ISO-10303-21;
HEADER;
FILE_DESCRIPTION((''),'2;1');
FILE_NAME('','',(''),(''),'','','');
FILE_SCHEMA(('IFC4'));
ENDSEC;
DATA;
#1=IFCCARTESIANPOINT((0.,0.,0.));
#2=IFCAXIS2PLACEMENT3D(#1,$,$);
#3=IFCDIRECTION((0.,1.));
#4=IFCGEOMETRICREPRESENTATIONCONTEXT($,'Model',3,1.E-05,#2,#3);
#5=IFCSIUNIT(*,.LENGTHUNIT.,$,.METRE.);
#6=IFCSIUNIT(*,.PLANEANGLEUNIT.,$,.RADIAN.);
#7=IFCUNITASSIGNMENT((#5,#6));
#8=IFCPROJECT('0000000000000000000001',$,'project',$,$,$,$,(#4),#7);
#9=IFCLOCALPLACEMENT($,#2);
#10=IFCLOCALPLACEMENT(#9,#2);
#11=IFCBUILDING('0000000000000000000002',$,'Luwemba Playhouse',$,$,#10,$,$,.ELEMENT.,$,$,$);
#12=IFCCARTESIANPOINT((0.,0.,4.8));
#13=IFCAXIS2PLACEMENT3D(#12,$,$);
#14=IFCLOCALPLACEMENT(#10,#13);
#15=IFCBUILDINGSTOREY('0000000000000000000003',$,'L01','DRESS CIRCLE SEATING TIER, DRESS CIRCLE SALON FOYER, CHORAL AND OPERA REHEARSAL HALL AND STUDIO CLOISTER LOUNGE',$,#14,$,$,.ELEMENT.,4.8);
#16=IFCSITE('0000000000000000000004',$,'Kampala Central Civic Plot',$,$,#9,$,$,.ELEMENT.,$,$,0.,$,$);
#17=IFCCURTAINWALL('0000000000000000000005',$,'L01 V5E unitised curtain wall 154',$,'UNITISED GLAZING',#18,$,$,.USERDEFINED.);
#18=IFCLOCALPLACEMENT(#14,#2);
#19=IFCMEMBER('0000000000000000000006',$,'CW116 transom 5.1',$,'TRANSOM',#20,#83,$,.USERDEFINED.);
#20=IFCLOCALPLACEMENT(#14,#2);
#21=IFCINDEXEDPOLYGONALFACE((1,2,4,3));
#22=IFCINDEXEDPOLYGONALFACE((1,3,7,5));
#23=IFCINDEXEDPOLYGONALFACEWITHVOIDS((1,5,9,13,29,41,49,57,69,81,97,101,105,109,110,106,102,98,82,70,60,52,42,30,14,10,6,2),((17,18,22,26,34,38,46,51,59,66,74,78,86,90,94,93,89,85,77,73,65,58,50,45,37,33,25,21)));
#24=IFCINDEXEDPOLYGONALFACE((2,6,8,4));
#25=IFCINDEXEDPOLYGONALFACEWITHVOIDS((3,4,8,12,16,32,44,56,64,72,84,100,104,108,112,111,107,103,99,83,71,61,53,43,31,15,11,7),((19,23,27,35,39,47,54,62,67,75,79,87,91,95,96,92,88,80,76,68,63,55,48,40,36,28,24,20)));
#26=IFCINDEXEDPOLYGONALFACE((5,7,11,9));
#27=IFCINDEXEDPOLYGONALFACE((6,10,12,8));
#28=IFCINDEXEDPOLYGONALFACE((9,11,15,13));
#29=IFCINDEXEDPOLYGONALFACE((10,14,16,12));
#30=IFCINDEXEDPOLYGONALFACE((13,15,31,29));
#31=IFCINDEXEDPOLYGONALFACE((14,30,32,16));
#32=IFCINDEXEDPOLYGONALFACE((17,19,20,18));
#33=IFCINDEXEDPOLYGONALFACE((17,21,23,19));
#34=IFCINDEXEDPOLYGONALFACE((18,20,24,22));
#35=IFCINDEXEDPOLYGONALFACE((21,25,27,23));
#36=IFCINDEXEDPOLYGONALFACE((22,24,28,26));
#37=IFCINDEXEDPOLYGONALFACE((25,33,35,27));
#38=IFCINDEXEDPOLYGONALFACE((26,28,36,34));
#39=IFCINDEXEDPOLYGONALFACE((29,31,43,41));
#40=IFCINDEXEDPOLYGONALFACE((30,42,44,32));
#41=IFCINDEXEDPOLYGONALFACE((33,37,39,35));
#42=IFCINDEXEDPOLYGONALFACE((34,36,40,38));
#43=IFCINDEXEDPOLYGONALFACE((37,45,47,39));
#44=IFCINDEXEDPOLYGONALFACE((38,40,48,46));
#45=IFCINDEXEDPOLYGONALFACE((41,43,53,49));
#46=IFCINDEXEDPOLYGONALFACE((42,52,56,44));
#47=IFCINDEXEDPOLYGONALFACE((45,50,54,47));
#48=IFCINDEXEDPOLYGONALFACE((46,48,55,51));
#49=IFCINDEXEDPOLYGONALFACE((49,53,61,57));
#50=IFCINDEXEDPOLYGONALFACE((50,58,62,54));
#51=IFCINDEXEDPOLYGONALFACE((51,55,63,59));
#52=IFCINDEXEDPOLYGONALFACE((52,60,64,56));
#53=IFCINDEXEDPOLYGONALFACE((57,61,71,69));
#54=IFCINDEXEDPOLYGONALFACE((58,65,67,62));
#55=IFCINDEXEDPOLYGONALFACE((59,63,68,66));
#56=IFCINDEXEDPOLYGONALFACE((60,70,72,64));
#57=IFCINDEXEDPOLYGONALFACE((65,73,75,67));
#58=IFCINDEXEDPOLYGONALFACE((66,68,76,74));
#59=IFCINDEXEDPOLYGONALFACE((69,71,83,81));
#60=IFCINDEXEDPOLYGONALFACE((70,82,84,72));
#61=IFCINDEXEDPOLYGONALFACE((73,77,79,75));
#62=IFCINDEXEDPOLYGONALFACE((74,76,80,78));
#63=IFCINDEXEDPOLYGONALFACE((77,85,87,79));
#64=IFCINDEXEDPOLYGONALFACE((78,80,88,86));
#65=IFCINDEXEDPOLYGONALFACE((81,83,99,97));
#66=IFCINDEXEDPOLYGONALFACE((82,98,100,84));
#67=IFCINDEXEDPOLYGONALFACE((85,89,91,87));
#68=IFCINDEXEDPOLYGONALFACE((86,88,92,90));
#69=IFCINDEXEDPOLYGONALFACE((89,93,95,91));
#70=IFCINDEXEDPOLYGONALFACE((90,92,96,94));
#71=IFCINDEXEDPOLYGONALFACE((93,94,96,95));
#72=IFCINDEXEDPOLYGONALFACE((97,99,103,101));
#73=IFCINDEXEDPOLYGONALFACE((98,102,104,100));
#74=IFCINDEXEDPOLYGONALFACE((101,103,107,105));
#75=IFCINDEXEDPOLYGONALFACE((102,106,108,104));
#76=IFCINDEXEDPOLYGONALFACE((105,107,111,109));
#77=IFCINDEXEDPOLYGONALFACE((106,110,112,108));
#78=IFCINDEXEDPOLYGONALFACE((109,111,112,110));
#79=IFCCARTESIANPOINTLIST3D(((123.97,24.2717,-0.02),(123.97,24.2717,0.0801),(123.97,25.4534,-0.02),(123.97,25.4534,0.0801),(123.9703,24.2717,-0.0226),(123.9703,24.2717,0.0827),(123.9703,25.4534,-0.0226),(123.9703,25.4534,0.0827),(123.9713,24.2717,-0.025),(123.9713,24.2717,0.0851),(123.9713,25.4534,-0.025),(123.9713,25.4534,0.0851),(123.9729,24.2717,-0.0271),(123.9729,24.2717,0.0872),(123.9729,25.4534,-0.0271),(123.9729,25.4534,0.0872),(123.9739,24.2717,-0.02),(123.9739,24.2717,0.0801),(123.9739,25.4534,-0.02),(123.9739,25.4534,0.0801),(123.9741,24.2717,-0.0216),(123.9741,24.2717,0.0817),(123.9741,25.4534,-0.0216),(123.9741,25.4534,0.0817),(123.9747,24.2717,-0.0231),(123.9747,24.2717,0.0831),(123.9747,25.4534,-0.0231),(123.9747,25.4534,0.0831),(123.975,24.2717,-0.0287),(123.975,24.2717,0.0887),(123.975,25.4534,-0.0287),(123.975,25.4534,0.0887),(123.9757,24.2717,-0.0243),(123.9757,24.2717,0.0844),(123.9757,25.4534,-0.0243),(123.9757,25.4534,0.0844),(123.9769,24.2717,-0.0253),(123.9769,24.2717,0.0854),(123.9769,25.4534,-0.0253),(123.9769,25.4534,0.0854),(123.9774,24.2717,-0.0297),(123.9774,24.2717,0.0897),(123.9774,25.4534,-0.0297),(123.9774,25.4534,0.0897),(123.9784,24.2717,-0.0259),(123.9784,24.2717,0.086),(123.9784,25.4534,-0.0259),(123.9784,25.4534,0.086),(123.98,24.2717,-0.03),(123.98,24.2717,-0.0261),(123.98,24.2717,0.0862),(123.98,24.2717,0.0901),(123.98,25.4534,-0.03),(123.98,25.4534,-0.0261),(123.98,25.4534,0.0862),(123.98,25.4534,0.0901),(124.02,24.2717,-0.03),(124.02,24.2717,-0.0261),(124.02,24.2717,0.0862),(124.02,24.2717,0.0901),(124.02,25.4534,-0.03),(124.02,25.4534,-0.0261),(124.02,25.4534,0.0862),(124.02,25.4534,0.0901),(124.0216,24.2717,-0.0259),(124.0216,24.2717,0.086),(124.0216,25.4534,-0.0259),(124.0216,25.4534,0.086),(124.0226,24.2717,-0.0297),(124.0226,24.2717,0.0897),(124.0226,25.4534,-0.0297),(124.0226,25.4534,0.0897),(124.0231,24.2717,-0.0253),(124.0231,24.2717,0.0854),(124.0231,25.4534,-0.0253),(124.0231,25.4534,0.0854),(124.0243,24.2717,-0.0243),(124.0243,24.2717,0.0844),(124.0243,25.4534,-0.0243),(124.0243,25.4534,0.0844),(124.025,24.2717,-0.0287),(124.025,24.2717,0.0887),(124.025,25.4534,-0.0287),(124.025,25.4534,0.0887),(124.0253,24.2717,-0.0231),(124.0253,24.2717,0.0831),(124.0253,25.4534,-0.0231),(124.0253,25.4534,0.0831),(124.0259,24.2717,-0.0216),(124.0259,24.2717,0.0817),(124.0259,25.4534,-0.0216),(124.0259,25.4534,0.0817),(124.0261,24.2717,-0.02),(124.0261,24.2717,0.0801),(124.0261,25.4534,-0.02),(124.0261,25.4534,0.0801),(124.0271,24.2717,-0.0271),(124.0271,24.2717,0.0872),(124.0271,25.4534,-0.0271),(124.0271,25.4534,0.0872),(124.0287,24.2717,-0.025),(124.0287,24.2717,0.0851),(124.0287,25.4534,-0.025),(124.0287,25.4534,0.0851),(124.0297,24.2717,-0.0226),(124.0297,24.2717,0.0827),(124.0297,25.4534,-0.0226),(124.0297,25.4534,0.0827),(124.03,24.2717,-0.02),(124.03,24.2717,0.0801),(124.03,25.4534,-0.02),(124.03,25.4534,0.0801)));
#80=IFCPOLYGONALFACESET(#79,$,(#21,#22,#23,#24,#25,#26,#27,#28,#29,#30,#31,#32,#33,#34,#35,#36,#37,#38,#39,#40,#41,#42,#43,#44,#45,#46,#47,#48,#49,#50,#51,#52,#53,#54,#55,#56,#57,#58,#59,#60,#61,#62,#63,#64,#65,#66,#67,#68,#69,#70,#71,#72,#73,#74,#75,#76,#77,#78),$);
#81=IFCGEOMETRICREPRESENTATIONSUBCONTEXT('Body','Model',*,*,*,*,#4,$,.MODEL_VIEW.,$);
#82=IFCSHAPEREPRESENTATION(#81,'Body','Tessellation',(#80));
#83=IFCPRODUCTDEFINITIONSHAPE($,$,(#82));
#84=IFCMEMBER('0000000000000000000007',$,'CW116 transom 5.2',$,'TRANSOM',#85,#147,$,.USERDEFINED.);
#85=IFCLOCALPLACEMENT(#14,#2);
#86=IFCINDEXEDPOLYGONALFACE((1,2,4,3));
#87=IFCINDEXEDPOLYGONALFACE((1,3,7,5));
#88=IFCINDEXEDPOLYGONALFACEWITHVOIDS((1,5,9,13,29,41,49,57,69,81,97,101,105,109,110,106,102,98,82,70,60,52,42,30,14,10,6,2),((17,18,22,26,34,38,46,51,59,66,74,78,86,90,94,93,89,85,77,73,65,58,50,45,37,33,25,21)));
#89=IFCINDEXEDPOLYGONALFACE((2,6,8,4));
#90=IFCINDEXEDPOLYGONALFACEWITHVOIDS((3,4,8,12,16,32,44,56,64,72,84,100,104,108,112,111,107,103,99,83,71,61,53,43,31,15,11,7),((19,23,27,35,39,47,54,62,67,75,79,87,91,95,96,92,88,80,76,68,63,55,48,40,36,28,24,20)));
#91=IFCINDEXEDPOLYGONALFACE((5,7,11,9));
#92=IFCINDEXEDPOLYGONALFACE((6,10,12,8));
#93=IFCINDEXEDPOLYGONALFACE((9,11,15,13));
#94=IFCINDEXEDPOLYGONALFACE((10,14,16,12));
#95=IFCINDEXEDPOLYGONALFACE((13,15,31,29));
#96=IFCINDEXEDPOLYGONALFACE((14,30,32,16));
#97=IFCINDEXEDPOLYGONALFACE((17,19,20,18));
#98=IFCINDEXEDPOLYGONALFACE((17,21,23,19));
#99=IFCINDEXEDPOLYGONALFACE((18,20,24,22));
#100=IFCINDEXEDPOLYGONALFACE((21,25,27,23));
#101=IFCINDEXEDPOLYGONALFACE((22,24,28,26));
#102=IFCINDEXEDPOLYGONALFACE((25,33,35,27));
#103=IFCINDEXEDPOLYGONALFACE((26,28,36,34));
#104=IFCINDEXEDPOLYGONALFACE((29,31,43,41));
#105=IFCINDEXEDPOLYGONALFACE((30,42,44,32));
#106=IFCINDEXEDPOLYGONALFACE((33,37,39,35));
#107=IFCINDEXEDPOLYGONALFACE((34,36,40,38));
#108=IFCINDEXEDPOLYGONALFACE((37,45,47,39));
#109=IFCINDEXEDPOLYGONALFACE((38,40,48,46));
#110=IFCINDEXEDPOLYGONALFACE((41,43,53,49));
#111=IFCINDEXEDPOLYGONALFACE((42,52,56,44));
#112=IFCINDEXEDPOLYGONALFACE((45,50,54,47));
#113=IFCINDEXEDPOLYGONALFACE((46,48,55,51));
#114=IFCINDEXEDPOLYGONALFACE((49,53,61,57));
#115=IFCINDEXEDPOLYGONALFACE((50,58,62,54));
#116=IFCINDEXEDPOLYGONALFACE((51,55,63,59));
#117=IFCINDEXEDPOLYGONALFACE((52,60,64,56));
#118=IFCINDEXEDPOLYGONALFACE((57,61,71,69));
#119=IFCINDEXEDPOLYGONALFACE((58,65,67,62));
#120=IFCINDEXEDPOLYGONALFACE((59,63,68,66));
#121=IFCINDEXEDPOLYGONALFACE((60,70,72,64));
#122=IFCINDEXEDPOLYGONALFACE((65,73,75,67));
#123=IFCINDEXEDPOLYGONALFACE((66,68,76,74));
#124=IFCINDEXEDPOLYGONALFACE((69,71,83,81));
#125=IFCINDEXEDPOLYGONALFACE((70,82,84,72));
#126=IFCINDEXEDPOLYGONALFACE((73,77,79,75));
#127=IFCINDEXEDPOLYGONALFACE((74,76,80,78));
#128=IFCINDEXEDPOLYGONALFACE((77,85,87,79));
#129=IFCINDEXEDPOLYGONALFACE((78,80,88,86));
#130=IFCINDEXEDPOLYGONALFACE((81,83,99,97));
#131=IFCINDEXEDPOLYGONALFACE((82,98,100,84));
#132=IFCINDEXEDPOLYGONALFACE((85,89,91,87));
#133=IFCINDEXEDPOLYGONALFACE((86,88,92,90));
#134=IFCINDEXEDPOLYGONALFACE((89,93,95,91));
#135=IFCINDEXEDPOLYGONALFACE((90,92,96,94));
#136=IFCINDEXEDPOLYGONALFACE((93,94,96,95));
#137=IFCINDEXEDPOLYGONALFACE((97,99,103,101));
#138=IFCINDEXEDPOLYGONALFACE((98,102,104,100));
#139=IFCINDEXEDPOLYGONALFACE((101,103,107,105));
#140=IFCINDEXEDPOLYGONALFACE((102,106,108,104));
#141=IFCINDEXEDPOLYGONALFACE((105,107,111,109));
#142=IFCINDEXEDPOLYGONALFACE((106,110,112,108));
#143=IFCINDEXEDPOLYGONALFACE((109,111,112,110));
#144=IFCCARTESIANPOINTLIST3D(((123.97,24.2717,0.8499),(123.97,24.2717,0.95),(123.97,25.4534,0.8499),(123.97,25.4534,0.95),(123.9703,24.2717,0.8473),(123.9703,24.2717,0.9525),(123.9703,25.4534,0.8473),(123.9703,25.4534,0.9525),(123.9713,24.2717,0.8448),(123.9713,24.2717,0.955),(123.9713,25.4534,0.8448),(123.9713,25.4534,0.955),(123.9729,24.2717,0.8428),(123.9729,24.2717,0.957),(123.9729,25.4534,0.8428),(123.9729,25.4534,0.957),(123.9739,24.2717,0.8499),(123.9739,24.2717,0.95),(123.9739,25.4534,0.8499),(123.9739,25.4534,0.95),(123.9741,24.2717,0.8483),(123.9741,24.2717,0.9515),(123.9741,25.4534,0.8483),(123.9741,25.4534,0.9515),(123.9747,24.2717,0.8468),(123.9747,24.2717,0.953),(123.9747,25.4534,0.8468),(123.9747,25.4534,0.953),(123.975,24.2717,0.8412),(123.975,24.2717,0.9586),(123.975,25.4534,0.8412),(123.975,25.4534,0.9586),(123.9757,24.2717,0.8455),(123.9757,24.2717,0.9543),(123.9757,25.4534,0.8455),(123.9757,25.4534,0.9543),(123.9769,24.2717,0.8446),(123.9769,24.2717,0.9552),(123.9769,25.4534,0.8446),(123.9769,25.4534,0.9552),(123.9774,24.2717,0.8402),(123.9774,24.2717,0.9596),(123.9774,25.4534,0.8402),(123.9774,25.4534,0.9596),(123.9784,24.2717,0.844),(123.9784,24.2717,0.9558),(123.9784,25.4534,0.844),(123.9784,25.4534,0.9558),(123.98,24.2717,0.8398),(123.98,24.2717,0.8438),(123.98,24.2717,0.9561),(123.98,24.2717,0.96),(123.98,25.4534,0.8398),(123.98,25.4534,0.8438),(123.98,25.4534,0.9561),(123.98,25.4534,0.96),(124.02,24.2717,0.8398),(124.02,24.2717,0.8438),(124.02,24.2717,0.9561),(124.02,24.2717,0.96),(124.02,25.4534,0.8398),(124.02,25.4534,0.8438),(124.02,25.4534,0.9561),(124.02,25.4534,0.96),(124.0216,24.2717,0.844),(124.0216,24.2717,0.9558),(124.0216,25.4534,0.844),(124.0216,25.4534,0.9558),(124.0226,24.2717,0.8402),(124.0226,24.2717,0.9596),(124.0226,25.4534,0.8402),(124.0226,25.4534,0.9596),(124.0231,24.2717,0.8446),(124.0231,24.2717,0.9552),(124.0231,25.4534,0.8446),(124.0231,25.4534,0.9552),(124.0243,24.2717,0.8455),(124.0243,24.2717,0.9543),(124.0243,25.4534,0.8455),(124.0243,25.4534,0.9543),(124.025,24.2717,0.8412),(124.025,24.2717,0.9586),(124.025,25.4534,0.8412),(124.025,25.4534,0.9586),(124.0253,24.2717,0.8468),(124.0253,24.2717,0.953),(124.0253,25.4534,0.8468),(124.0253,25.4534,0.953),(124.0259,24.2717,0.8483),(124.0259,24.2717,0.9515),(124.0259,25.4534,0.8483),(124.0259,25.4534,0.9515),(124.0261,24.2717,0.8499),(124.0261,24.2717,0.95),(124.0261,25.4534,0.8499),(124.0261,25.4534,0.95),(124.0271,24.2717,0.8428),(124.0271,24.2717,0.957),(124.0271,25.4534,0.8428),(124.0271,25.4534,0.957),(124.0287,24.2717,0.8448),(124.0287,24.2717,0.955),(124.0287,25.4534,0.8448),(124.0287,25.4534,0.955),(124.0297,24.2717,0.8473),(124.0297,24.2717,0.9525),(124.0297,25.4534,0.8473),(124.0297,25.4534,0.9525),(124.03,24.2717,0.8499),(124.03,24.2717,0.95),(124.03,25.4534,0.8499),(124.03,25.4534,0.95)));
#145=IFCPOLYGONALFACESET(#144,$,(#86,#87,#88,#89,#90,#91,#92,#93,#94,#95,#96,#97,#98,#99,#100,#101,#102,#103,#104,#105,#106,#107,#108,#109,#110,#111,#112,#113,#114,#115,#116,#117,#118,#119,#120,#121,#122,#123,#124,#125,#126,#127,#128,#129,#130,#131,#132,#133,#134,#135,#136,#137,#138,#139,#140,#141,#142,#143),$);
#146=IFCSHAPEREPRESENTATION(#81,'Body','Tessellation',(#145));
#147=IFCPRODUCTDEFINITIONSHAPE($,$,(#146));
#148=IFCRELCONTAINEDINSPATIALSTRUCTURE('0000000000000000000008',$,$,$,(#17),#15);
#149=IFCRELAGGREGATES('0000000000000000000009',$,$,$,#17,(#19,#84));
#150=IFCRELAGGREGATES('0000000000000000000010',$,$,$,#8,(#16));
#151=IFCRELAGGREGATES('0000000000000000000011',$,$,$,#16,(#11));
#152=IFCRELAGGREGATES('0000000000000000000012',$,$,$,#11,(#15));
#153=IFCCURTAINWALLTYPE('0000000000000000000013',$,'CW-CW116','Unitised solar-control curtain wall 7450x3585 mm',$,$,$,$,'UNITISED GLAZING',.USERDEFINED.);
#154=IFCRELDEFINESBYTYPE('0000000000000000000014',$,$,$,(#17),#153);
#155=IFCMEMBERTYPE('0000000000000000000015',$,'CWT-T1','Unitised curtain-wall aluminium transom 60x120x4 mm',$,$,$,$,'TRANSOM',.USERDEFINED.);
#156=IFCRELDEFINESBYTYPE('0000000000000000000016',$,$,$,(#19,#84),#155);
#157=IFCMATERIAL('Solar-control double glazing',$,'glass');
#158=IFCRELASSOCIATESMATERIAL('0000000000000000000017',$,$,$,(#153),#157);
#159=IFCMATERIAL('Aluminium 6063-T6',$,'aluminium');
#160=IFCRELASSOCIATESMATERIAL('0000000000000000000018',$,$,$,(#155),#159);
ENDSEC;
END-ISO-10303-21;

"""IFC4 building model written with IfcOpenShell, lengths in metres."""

from ifc_helpers import new_model, si_unit, direction, frame, origin, origin_2d, place, context, subcontext, project, spatial, hollow_rectangle, extrude, material, material_profile, profile_set, type_object, element, aggregate, save


model = new_model("IFC4")

# Units and contexts
model_context = context("Model", 3, precision=1e-05, world=origin(), true_north=direction((0.0, 1.0)))
body_context = subcontext(model_context, "Body", "Model", "MODEL_VIEW")
ifc_project = project(units=[si_unit("LENGTHUNIT", "METRE"), si_unit("PLANEANGLEUNIT", "RADIAN")], contexts=[model_context])

# Site, building, storey
site_placement = place(None, origin())
site = spatial("IfcSite", under=ifc_project, at=site_placement, Name="Kampala Central Civic Plot", CompositionType="ELEMENT", RefElevation=0.0)
building_placement = place(site_placement, origin())
building = spatial("IfcBuilding", under=site, at=building_placement, Name="Luwemba Playhouse", CompositionType="ELEMENT")
storey_placement = place(building_placement, frame((0.0, 0.0, 4.8)))
storey = spatial("IfcBuildingStorey", under=building, at=storey_placement, Name="L01", Description="DRESS CIRCLE SEATING TIER, DRESS CIRCLE SALON FOYER, CHORAL AND OPERA REHEARSAL HALL AND STUDIO CLOISTER LOUNGE", CompositionType="ELEMENT", Elevation=4.8)

# Curtain wall
ifc_material_1 = material(Name="Solar-control double glazing", Category="glass")
curtain_wall_type_1 = type_object("IfcCurtainWallType", Name="CW-CW116", Description="Unitised solar-control curtain wall 7450x3585 mm", ElementType="UNITISED GLAZING", PredefinedType="USERDEFINED", material=ifc_material_1)
curtain_wall_1_placement = place(storey_placement, origin())
curtain_wall_1 = element("IfcCurtainWall", 1, at=curtain_wall_1_placement, inside=storey, type_object=curtain_wall_type_1, Name="L01 V5E unitised curtain wall 154", ObjectType="UNITISED GLAZING", PredefinedType="USERDEFINED")
ifc_material_2 = material(Name="Aluminium 6063-T6", Category="aluminium")

# Members
ifc_material_profile_1 = material_profile(ifc_material_2, hollow_rectangle(XDim=0.0601, YDim=0.1201, WallThickness=0.0039, InnerFilletRadius=0.0061, OuterFilletRadius=0.01, at=origin_2d()))
ifc_profile_set_1 = profile_set([ifc_material_profile_1], Name="Aluminium 6063-T6")
member_type_1 = type_object("IfcMemberType", Name="CWT-T1", Description="Unitised curtain-wall aluminium transom 60x120x4 mm", ElementType="TRANSOM", PredefinedType="USERDEFINED", material=ifc_profile_set_1)
member_1_placement = place(storey_placement, frame((124.0, 24.2717, 0.03), z_axis=(0.0, 1.0, 0.0), x_axis=(-1.0, 0.0, 0.0)))
member_1 = element("IfcMember", 2, at=member_1_placement, type_object=member_type_1, Name="CW116 transom 5.1", ObjectType="TRANSOM", PredefinedType="USERDEFINED", context=body_context, shape_type="SweptSolid", body=[
    extrude(hollow_rectangle(XDim=0.0601, YDim=0.1201, WallThickness=0.0039, InnerFilletRadius=0.0061, OuterFilletRadius=0.01, at=origin_2d()), origin(), (0.0, 0.0, 1.0), 1.1816),
])
member_2_placement = place(storey_placement, frame((124.0, 24.2717, 0.8999), z_axis=(0.0, 1.0, 0.0), x_axis=(-1.0, 0.0, 0.0)))
member_2 = element("IfcMember", 3, at=member_2_placement, type_object=member_type_1, Name="CW116 transom 5.2", ObjectType="TRANSOM", PredefinedType="USERDEFINED", context=body_context, shape_type="SweptSolid", body=[
    extrude(hollow_rectangle(XDim=0.0601, YDim=0.1201, WallThickness=0.0039, InnerFilletRadius=0.0061, OuterFilletRadius=0.01, at=origin_2d()), origin(), (0.0, 0.0, 1.0), 1.1816),
])

aggregate(curtain_wall_1, [member_1, member_2])

save(model, "model.ifc")
